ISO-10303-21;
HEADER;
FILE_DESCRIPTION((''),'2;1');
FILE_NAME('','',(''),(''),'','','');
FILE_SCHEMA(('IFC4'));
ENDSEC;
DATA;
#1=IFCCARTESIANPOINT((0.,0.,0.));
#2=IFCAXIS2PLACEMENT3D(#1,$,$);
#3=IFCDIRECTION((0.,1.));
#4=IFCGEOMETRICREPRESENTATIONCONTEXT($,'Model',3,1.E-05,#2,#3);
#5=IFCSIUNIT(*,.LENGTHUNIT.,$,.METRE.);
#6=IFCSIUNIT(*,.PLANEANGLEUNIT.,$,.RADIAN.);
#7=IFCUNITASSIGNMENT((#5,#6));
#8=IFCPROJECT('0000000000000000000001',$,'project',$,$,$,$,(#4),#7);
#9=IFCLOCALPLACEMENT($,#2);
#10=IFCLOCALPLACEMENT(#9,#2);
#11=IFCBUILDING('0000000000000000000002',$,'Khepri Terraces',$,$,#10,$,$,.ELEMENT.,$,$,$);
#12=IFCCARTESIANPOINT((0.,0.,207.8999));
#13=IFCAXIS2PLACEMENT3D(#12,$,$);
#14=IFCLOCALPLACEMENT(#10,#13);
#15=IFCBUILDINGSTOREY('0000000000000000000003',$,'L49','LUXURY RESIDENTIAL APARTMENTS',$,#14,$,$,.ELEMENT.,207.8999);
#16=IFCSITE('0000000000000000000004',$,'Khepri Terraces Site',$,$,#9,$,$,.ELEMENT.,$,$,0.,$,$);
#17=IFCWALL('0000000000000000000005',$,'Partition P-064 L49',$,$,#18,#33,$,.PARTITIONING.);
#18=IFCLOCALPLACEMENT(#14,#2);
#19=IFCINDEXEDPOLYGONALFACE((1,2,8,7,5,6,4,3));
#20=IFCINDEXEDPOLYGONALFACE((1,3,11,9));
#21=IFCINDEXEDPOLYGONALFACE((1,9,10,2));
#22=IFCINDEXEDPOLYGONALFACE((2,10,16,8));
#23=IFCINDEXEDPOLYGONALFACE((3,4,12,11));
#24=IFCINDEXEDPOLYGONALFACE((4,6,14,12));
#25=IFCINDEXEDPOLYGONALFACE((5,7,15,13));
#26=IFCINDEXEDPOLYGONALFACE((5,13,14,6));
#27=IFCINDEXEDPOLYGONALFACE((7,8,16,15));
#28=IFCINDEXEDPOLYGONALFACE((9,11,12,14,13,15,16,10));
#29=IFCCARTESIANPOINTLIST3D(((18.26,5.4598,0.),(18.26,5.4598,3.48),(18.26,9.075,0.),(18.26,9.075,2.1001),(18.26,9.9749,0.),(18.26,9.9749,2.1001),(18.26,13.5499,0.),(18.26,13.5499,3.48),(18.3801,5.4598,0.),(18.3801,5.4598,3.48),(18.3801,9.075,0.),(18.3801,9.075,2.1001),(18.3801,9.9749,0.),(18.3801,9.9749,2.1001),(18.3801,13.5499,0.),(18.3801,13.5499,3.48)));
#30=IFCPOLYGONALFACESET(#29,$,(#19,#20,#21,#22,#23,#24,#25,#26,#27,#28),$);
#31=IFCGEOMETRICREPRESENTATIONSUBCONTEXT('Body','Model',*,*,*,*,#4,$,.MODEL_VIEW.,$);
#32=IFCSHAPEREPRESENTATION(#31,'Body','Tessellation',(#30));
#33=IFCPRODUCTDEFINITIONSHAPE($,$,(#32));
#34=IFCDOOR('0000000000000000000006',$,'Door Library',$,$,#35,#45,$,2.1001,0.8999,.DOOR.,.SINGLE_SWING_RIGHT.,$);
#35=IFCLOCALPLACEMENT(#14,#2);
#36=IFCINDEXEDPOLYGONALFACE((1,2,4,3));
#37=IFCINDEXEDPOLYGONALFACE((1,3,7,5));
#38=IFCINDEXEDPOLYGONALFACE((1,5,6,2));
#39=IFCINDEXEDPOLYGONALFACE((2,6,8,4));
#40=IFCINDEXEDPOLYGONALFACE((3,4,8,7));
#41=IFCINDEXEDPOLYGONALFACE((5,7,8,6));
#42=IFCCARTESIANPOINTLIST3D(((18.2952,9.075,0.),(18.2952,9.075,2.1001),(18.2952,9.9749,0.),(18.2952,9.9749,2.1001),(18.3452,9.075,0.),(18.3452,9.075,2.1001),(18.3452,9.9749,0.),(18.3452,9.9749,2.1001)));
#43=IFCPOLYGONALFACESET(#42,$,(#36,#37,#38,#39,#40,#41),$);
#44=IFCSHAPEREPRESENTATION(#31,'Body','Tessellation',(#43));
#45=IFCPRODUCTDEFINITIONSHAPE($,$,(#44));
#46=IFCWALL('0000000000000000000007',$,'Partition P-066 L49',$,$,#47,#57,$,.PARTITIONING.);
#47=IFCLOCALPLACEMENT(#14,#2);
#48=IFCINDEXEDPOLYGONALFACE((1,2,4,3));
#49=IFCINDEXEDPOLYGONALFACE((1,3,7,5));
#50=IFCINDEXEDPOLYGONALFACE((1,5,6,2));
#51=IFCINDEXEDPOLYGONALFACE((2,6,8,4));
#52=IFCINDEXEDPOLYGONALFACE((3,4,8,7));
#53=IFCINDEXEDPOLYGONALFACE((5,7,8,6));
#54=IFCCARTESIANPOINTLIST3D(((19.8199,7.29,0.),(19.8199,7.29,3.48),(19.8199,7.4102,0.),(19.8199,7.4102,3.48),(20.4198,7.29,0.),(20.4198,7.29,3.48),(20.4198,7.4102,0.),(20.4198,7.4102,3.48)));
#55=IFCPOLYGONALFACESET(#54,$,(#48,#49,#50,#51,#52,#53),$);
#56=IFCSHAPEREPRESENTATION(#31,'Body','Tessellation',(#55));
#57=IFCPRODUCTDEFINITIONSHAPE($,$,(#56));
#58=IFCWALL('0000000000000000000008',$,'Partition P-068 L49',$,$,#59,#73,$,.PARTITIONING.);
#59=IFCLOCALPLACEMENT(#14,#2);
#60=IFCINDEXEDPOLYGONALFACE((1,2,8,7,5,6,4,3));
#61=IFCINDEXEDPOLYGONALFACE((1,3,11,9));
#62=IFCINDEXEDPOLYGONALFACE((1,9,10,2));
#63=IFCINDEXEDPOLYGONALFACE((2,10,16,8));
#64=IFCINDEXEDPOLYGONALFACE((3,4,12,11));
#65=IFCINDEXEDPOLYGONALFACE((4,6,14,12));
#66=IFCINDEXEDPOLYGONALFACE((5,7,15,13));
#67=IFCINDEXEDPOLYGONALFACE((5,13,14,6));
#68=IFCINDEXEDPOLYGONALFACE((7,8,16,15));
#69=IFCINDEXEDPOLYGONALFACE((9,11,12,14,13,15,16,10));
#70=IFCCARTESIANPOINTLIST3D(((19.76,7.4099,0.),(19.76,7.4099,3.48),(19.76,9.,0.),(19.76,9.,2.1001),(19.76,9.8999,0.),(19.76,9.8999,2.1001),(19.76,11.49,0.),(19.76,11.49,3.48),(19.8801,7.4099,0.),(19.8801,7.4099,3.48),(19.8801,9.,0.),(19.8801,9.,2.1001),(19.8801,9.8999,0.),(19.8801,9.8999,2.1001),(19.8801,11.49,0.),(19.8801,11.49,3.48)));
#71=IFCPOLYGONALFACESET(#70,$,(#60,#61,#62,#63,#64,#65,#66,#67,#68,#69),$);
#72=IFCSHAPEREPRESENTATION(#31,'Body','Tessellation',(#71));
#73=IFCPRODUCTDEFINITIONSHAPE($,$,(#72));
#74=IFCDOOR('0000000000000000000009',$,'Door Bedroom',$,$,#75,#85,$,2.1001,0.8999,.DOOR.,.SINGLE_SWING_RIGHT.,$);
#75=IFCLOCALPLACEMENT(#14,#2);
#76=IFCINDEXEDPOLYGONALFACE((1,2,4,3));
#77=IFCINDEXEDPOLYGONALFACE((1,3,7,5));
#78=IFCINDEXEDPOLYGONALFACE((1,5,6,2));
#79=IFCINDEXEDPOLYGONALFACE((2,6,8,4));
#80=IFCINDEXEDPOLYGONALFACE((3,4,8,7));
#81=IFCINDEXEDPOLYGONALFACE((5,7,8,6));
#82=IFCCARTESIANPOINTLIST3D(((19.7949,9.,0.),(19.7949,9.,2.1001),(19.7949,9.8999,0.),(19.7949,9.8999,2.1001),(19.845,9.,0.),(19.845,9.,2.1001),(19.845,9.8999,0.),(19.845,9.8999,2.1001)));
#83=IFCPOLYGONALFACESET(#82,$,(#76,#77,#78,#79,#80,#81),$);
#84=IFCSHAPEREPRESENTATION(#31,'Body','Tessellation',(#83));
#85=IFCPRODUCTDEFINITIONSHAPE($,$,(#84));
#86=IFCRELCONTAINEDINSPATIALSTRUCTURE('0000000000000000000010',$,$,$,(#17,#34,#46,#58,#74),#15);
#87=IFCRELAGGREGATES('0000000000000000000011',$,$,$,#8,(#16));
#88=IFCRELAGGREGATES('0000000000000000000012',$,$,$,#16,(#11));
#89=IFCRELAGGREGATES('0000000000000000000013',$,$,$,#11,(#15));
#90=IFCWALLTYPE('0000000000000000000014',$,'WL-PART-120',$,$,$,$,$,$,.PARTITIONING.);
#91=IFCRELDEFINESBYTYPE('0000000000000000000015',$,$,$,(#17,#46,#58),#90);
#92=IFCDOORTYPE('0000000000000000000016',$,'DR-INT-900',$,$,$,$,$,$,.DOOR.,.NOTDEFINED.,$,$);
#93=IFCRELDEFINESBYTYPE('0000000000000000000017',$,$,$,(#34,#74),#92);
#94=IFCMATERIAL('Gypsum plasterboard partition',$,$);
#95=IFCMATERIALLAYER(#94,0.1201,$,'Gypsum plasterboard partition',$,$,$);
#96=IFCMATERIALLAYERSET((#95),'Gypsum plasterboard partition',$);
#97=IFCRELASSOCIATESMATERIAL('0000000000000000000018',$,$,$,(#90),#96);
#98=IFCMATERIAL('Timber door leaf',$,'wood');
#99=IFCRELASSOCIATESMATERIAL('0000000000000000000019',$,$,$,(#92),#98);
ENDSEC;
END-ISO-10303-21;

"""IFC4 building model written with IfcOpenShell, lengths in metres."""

from ifc_helpers import new_model, si_unit, direction, frame, frame_2d, origin, place, context, subcontext, project, spatial, rectangle, extrude, material, layer, layer_set, type_object, element, fill, save


model = new_model("IFC4")

# Units and contexts
model_context = context("Model", 3, precision=1e-05, world=origin(), true_north=direction((0.0, 1.0)))
body_context = subcontext(model_context, "Body", "Model", "MODEL_VIEW")
ifc_project = project(units=[si_unit("LENGTHUNIT", "METRE"), si_unit("PLANEANGLEUNIT", "RADIAN")], contexts=[model_context])

# Site, building, storey
site_placement = place(None, origin())
site = spatial("IfcSite", under=ifc_project, at=site_placement, Name="Khepri Terraces Site", CompositionType="ELEMENT", RefElevation=0.0)
building_placement = place(site_placement, origin())
building = spatial("IfcBuilding", under=site, at=building_placement, Name="Khepri Terraces", CompositionType="ELEMENT")
storey_placement = place(building_placement, frame((0.0, 0.0, 207.8999)))
storey = spatial("IfcBuildingStorey", under=building, at=storey_placement, Name="L49", Description="LUXURY RESIDENTIAL APARTMENTS", CompositionType="ELEMENT", Elevation=207.8999)

# Shared definitions
ifc_material_1 = material(Name="Gypsum plasterboard partition")
ifc_layer_1 = layer(ifc_material_1, 0.1201, Name="Gypsum plasterboard partition")
ifc_layer_set_1 = layer_set([ifc_layer_1], Name="Gypsum plasterboard partition")
wall_type_1 = type_object("IfcWallType", Name="WL-PART-120", PredefinedType="PARTITIONING", material=ifc_layer_set_1)

# Wall, opening, door
wall_1_placement = place(storey_placement, frame((18.3201, 5.46, 0.0), z_axis=(0.0, 0.0, 1.0), x_axis=(0.0, 1.0, 0.0)))
wall_1 = element("IfcWall", 1, at=wall_1_placement, inside=storey, type_object=wall_type_1, Name="Partition P-064 L49", PredefinedType="PARTITIONING", context=body_context, shape_type="SweptSolid", body=[
    extrude(rectangle(XDim=8.0901, YDim=0.1201, at=frame_2d((4.0449, 0.0))), origin(), (0.0, 0.0, 1.0), 3.48),
])
opening_1_placement = place(wall_1_placement, frame((3.615, 0.0, 0.0)))
opening_1 = element("IfcOpeningElement", 2, at=opening_1_placement, cuts=wall_1, PredefinedType="OPENING", context=body_context, shape_type="SweptSolid", body=[
    extrude(rectangle(XDim=0.8999, YDim=2.1001, at=frame_2d((0.45, 1.05))), frame((0.0, 0.0701, 0.0), z_axis=(0.0, -1.0, 0.0), x_axis=(1.0, 0.0, 0.0)), (0.0, 0.0, 1.0), 0.1401),
])
ifc_material_2 = material(Name="Timber door leaf", Category="wood")
door_type_1 = type_object("IfcDoorType", Name="DR-INT-900", OperationType="NOTDEFINED", PredefinedType="DOOR", material=ifc_material_2)
door_1_placement = place(opening_1_placement, origin())
door_1 = element("IfcDoor", 3, at=door_1_placement, inside=storey, type_object=door_type_1, Name="Door Library", OperationType="SINGLE_SWING_RIGHT", OverallHeight=2.1001, OverallWidth=0.8999, PredefinedType="DOOR", context=body_context, shape_type="SweptSolid", body=[
    extrude(rectangle(XDim=0.8999, YDim=2.1001, at=frame_2d((0.45, 1.05))), frame((0.0, 0.0249, 0.0), z_axis=(0.0, -1.0, 0.0), x_axis=(1.0, 0.0, 0.0)), (0.0, 0.0, 1.0), 0.05),
])
fill(opening_1, door_1)

# Wall
wall_2_placement = place(storey_placement, frame((19.8201, 7.3501, 0.0), z_axis=(0.0, 0.0, 1.0), x_axis=(1.0, 0.0, 0.0)))
element("IfcWall", 4, at=wall_2_placement, inside=storey, type_object=wall_type_1, Name="Partition P-066 L49", PredefinedType="PARTITIONING", context=body_context, shape_type="SweptSolid", body=[
    extrude(rectangle(XDim=0.5999, YDim=0.1201, at=frame_2d((0.2998, 0.0))), origin(), (0.0, 0.0, 1.0), 3.48),
])

# Wall, opening, door
wall_3_placement = place(storey_placement, frame((19.8201, 7.4099, 0.0), z_axis=(0.0, 0.0, 1.0), x_axis=(0.0, 1.0, 0.0)))
wall_3 = element("IfcWall", 5, at=wall_3_placement, inside=storey, type_object=wall_type_1, Name="Partition P-068 L49", PredefinedType="PARTITIONING", context=body_context, shape_type="SweptSolid", body=[
    extrude(rectangle(XDim=4.0801, YDim=0.1201, at=frame_2d((2.04, 0.0))), origin(), (0.0, 0.0, 1.0), 3.48),
])
opening_2_placement = place(wall_3_placement, frame((1.5901, 0.0, 0.0)))
opening_2 = element("IfcOpeningElement", 6, at=opening_2_placement, cuts=wall_3, PredefinedType="OPENING", context=body_context, shape_type="SweptSolid", body=[
    extrude(rectangle(XDim=0.8999, YDim=2.1001, at=frame_2d((0.45, 1.05))), frame((0.0, 0.0701, 0.0), z_axis=(0.0, -1.0, 0.0), x_axis=(1.0, 0.0, 0.0)), (0.0, 0.0, 1.0), 0.1401),
])
door_2_placement = place(opening_2_placement, frame((0.8999, 0.0, 0.0), z_axis=(0.0, 0.0, 1.0), x_axis=(-1.0, 0.0, 0.0)))
door_2 = element("IfcDoor", 7, at=door_2_placement, inside=storey, type_object=door_type_1, Name="Door Bedroom", OperationType="SINGLE_SWING_RIGHT", OverallHeight=2.1001, OverallWidth=0.8999, PredefinedType="DOOR", context=body_context, shape_type="SweptSolid", body=[
    extrude(rectangle(XDim=0.8999, YDim=2.1001, at=frame_2d((0.45, 1.05))), frame((0.0, 0.0249, 0.0), z_axis=(0.0, -1.0, 0.0), x_axis=(1.0, 0.0, 0.0)), (0.0, 0.0, 1.0), 0.05),
])
fill(opening_2, door_2)

save(model, "model.ifc")
